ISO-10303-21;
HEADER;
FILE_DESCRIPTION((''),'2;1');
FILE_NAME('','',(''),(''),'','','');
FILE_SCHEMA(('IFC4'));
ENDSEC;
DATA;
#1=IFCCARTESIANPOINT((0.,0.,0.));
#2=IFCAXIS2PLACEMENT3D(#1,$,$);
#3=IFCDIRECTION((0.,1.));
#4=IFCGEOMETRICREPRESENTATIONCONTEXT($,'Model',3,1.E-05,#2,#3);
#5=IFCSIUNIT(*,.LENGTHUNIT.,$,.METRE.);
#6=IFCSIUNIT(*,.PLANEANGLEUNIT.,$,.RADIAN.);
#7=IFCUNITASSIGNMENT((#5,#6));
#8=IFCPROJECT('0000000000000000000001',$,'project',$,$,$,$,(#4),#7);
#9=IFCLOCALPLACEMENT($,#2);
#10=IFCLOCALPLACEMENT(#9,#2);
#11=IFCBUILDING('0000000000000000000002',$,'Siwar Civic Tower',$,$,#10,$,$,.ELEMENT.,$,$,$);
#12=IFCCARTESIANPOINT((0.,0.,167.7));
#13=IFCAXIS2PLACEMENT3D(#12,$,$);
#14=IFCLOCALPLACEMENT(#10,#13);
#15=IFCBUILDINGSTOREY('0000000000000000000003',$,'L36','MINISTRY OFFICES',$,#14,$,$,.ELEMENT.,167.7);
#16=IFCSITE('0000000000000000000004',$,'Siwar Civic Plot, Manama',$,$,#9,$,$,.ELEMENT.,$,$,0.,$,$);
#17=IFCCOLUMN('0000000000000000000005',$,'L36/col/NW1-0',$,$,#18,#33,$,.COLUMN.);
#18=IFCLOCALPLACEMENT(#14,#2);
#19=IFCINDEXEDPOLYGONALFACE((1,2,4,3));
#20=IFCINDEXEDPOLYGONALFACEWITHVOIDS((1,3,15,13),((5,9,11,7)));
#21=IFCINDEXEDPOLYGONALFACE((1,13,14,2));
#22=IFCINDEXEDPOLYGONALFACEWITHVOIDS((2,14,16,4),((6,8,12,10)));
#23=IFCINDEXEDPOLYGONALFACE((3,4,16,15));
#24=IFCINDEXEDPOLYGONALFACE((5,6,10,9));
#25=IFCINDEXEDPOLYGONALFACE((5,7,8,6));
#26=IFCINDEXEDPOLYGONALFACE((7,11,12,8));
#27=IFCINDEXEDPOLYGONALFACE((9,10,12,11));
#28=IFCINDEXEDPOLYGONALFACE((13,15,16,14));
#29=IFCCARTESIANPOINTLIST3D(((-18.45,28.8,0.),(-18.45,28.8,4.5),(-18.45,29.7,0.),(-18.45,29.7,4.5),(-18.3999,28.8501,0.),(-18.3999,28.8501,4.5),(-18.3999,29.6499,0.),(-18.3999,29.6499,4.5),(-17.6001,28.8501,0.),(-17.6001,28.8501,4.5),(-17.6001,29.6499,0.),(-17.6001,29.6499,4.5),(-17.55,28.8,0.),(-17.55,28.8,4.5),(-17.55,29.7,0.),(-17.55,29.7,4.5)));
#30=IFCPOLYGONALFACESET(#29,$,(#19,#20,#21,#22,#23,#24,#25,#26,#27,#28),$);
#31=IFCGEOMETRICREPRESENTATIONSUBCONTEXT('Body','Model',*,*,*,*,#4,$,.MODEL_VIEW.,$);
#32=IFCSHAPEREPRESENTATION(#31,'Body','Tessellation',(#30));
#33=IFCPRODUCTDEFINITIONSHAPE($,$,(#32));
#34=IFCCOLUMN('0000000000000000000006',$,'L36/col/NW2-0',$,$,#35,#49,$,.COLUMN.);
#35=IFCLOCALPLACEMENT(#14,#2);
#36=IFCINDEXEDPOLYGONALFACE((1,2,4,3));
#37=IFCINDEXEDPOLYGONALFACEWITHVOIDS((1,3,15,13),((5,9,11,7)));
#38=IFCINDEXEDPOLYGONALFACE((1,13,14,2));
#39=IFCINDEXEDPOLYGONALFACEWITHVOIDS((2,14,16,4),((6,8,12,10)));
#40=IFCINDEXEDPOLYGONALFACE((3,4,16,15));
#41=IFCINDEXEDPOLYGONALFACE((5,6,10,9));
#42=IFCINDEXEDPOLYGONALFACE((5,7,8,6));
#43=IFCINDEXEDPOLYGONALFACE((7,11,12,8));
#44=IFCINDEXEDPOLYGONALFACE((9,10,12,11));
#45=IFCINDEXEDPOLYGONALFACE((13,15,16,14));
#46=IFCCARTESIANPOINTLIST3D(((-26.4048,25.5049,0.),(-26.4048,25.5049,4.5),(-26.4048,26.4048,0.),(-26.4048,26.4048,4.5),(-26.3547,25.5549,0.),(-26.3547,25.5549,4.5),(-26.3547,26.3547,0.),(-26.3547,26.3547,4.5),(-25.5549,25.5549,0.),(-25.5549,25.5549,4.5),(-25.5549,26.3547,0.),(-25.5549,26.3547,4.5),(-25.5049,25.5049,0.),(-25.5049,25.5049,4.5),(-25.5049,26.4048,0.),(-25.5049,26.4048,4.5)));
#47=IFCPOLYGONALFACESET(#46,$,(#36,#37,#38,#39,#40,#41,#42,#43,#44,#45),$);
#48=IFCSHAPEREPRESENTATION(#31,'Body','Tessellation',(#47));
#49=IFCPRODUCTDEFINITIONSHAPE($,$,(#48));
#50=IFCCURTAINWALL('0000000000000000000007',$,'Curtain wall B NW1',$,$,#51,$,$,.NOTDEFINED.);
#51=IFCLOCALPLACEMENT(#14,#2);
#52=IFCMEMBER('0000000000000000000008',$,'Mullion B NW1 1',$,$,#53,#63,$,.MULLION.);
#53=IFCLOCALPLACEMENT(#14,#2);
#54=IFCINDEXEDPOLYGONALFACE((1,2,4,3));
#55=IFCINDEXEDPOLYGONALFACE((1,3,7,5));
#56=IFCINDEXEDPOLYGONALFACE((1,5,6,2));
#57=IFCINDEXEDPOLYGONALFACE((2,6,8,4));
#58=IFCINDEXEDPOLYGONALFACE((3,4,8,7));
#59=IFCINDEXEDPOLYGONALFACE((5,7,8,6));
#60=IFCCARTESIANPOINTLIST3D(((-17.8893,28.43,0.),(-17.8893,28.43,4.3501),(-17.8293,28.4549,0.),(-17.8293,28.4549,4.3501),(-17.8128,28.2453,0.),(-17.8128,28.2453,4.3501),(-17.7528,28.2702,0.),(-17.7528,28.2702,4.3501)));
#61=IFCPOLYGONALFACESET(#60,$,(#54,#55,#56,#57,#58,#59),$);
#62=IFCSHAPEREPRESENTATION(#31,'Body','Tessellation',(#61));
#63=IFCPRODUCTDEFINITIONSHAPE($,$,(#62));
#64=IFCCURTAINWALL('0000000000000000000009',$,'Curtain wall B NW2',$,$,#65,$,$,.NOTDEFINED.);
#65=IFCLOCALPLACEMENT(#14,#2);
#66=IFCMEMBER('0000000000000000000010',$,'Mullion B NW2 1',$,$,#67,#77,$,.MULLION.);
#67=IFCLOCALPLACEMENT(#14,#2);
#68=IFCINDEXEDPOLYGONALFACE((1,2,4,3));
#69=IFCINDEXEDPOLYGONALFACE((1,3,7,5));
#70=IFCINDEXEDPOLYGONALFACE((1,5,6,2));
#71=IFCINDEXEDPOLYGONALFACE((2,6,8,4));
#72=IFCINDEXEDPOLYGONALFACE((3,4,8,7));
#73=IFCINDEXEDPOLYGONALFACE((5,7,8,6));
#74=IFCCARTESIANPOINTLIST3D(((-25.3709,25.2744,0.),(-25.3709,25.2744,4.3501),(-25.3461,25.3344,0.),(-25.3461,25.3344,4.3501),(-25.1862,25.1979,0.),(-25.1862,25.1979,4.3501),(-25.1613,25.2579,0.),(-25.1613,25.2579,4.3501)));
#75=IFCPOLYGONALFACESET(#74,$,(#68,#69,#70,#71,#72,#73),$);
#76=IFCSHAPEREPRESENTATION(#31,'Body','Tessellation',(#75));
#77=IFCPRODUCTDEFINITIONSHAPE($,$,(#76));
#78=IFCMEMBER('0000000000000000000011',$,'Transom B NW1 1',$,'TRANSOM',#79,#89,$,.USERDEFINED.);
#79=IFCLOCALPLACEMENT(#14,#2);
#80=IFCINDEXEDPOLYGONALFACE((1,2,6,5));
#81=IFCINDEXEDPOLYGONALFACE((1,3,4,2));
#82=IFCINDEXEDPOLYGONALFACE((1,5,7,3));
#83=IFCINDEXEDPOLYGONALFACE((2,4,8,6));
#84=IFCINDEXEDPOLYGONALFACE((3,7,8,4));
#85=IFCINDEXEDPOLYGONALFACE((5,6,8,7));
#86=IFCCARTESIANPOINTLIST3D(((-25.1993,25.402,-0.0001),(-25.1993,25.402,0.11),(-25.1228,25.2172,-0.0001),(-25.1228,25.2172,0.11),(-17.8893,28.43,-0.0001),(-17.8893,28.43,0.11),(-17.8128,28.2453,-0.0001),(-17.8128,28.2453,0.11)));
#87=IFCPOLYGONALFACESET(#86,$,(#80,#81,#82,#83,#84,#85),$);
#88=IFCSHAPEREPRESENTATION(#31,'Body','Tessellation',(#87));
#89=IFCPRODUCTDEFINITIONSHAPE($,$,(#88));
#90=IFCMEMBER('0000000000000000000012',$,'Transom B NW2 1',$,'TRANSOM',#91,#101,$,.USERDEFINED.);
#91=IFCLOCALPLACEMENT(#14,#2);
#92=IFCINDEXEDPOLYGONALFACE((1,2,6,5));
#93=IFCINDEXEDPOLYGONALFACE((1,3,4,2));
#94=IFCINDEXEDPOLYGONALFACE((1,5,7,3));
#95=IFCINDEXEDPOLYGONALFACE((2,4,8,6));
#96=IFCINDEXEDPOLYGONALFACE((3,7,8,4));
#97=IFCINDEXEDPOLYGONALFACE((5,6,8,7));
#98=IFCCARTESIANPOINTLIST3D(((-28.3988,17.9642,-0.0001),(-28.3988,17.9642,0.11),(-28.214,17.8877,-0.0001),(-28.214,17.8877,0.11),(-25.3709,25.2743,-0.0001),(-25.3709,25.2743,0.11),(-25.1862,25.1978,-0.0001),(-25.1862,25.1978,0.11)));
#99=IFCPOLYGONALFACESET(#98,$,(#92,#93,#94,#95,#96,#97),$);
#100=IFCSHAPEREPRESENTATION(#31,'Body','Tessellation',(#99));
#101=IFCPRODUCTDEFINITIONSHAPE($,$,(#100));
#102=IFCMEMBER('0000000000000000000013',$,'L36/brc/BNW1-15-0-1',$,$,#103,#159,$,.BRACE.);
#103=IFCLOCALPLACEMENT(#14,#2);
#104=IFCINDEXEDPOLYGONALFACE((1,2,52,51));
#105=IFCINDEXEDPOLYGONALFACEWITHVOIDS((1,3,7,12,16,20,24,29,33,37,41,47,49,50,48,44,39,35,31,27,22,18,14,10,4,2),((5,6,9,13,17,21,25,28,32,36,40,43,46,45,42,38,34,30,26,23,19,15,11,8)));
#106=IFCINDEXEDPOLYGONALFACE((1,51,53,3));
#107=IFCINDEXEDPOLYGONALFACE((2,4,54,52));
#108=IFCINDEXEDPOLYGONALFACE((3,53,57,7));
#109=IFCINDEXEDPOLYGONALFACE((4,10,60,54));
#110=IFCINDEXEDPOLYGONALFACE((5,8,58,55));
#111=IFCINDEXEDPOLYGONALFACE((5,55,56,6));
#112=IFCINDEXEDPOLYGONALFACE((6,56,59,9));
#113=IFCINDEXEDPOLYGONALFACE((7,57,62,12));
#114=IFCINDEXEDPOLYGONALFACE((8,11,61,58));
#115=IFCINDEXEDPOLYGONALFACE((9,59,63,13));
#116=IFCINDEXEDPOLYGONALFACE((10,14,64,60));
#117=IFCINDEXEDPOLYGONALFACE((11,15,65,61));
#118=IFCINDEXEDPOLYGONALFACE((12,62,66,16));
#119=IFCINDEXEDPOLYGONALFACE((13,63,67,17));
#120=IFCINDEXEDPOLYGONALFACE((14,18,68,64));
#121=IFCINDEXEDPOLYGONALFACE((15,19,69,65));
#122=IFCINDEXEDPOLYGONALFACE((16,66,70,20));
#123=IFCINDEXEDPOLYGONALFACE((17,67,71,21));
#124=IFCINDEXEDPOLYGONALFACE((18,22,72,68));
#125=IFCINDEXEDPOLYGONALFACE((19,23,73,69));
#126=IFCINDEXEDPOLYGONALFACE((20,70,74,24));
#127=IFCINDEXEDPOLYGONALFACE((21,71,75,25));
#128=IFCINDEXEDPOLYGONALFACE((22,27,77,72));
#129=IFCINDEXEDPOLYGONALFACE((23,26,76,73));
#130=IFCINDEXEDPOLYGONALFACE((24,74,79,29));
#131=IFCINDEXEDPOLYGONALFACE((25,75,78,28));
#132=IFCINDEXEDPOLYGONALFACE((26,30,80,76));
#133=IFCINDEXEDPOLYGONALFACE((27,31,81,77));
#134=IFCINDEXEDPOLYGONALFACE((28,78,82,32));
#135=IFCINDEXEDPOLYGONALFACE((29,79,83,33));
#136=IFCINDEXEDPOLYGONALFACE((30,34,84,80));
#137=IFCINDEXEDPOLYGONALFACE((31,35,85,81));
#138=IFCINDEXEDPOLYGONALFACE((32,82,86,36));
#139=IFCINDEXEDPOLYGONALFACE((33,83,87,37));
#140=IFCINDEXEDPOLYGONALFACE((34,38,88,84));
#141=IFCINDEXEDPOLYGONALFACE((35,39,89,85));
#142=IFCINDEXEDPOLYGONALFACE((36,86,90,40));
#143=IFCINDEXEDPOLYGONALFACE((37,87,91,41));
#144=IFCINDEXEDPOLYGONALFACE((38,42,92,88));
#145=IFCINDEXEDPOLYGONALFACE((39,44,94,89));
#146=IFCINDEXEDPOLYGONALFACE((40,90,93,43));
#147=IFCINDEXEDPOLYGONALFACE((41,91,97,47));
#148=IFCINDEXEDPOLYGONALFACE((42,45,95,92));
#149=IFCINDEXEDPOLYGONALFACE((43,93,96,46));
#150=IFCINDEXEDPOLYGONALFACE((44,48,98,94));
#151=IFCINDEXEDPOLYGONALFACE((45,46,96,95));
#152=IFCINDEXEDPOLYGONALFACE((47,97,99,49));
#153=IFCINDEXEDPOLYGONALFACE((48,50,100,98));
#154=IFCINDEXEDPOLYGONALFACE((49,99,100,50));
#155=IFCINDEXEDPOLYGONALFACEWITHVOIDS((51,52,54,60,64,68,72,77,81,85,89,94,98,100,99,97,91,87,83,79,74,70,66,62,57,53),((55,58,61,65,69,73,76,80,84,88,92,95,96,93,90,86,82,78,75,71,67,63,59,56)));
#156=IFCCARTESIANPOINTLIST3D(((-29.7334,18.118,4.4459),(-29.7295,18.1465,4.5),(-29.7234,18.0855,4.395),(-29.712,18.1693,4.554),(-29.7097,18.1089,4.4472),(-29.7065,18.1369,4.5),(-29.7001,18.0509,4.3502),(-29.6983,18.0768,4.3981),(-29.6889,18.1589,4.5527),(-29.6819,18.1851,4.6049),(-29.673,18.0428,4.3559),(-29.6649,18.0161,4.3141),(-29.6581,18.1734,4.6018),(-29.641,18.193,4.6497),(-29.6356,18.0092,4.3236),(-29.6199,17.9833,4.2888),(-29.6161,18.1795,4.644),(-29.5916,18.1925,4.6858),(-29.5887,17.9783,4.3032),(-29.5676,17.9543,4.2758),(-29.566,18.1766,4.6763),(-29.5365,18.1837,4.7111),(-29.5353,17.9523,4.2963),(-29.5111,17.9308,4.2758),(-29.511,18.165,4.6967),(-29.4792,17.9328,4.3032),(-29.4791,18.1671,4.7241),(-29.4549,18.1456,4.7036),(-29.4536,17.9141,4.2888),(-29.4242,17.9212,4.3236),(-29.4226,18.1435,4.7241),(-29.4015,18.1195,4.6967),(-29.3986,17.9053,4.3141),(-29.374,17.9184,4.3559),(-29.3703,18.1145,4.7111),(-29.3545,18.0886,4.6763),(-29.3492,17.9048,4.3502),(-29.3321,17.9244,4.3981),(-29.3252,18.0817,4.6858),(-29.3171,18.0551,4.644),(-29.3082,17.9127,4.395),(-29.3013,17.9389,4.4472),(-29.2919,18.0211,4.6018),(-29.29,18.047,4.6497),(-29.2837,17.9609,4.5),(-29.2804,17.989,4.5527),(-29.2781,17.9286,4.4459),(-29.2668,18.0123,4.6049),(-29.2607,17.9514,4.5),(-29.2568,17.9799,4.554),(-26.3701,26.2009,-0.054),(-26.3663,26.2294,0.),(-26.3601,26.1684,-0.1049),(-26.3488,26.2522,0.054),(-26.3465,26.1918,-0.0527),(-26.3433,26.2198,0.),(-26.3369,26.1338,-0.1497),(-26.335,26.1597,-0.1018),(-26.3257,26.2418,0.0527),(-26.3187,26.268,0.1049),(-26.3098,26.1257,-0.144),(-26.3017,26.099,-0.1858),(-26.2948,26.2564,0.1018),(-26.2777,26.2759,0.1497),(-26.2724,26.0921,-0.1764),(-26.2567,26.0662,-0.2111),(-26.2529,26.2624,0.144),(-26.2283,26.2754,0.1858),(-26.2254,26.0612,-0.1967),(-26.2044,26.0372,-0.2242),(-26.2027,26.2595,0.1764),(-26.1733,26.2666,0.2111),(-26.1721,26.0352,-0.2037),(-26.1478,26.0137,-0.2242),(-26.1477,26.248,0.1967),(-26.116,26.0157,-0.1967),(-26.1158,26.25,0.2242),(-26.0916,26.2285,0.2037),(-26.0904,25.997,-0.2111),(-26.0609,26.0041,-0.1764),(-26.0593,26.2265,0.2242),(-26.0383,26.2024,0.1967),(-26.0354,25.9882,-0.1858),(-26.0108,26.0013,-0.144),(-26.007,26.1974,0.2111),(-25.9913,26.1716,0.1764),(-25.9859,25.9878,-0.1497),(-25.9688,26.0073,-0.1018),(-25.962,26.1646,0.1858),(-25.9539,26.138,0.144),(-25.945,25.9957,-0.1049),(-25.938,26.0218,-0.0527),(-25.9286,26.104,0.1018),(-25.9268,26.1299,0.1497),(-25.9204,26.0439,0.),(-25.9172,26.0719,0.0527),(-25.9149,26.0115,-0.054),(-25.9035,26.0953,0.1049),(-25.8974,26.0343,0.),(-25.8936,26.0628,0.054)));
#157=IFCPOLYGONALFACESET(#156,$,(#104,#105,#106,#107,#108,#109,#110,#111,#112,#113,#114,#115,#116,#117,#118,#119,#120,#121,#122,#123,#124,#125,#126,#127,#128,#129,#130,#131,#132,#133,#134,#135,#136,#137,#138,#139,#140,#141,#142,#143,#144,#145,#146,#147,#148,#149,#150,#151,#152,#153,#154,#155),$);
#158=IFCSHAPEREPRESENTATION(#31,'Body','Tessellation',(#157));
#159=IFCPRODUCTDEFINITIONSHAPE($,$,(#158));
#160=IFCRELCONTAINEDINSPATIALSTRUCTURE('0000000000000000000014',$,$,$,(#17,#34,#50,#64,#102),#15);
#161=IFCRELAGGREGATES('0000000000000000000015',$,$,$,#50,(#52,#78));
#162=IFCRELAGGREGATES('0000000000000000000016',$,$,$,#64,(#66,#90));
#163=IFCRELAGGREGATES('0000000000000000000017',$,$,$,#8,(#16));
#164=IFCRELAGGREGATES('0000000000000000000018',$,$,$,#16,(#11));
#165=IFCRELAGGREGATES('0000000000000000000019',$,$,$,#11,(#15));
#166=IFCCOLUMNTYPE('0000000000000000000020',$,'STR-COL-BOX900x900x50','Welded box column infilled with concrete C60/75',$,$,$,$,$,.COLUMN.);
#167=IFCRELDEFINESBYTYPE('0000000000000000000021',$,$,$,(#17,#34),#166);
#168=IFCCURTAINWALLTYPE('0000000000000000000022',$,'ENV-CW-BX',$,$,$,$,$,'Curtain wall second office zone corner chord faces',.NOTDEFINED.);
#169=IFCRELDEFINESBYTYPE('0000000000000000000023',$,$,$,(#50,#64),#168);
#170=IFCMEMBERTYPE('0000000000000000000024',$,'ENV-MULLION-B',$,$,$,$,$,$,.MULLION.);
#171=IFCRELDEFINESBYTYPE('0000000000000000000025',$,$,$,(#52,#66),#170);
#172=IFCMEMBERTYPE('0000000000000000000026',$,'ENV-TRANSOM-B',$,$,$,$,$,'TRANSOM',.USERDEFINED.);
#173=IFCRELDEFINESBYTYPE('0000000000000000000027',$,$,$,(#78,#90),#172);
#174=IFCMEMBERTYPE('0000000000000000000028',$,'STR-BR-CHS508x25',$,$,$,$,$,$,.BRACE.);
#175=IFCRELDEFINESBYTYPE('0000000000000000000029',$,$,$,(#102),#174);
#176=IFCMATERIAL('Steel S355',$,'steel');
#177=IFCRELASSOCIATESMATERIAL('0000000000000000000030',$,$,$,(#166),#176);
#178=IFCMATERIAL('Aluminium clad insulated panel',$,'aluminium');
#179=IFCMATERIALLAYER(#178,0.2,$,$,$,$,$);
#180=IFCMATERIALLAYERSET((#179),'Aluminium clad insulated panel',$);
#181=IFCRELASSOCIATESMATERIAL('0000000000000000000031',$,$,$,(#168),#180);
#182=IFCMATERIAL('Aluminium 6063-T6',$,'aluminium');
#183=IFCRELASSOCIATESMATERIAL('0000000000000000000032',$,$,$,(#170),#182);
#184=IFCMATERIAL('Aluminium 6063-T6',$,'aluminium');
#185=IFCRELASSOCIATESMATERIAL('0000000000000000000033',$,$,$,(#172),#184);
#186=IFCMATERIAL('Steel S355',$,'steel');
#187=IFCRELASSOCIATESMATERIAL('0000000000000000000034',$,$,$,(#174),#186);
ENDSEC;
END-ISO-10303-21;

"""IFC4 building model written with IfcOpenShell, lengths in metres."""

from ifc_helpers import new_model, si_unit, direction, frame, origin, origin_2d, place, context, subcontext, project, spatial, rectangle, hollow_rectangle, hollow_circle, extrude, material, layer, layer_set, material_profile, profile_set, type_object, element, aggregate, save


model = new_model("IFC4")

# Units and contexts
model_context = context("Model", 3, precision=1e-05, world=origin(), true_north=direction((0.0, 1.0)))
body_context = subcontext(model_context, "Body", "Model", "MODEL_VIEW")
ifc_project = project(units=[si_unit("LENGTHUNIT", "METRE"), si_unit("PLANEANGLEUNIT", "RADIAN")], contexts=[model_context])

# Site, building, storey
site_placement = place(None, origin())
site = spatial("IfcSite", under=ifc_project, at=site_placement, Name="Siwar Civic Plot, Manama", CompositionType="ELEMENT", RefElevation=0.0)
building_placement = place(site_placement, origin())
building = spatial("IfcBuilding", under=site, at=building_placement, Name="Siwar Civic Tower", CompositionType="ELEMENT")
storey_placement = place(building_placement, frame((0.0, 0.0, 167.7)))
storey = spatial("IfcBuildingStorey", under=building, at=storey_placement, Name="L36", Description="MINISTRY OFFICES", CompositionType="ELEMENT", Elevation=167.7)

# Columns
ifc_material_1 = material(Name="Steel S355", Category="steel")
ifc_material_profile_1 = material_profile(ifc_material_1, hollow_rectangle(XDim=0.8999, YDim=0.8999, WallThickness=0.05, at=origin_2d()), Name="BOX900x900x50")
ifc_profile_set_1 = profile_set([ifc_material_profile_1], Name="Steel S355")
column_type = type_object("IfcColumnType", Name="STR-COL-BOX900x900x50", Description="Welded box column infilled with concrete C60/75", PredefinedType="COLUMN", material=ifc_profile_set_1)
for number, where, z_axis, x_axis, name in (
    (1, (-18.0, 29.25, 0.0), (0.0, 0.0, 1.0), (1.0, 0.0, 0.0), "L36/col/NW1-0"),
    (2, (-25.9548, 25.9548, 0.0), (0.0, 0.0, 1.0), (1.0, 0.0, 0.0), "L36/col/NW2-0"),
):
    element("IfcColumn", number, at=place(storey_placement, frame(where, z_axis=z_axis, x_axis=x_axis)), inside=storey, type_object=column_type, Name=name, PredefinedType="COLUMN", context=body_context, shape_type="SweptSolid", body=[
        extrude(hollow_rectangle(XDim=0.8999, YDim=0.8999, WallThickness=0.05, at=origin_2d()), origin(), (0.0, 0.0, 1.0), 4.5),
    ])

# Curtain walls, members
ifc_material_2 = material(Name="Aluminium clad insulated panel", Category="aluminium")
ifc_layer_1 = layer(ifc_material_2, 0.2)
ifc_layer_set_1 = layer_set([ifc_layer_1], Name="Aluminium clad insulated panel")
curtain_wall_type = type_object("IfcCurtainWallType", Name="ENV-CW-BX", ElementType="Curtain wall second office zone corner chord faces", PredefinedType="NOTDEFINED", material=ifc_layer_set_1)
curtain_wall_1_placement = place(storey_placement, origin())
curtain_wall_1 = element("IfcCurtainWall", 3, at=curtain_wall_1_placement, inside=storey, type_object=curtain_wall_type, Name="Curtain wall B NW1", PredefinedType="NOTDEFINED")
ifc_material_3 = material(Name="Aluminium 6063-T6", Category="aluminium")
ifc_material_profile_2 = material_profile(ifc_material_3, rectangle(XDim=0.2, YDim=0.0649, at=origin_2d()), Name="AL 200x65")
ifc_profile_set_2 = profile_set([ifc_material_profile_2], Name="Aluminium 6063-T6")
member_type_1 = type_object("IfcMemberType", Name="ENV-MULLION-B", PredefinedType="MULLION", material=ifc_profile_set_2)
member_1_placement = place(storey_placement, frame((-17.821, 28.3501, 0.0), z_axis=(0.0, 0.0, 1.0), x_axis=(0.382683, -0.92388, 0.0)))
member_1 = element("IfcMember", 4, at=member_1_placement, type_object=member_type_1, Name="Mullion B NW1 1", PredefinedType="MULLION", context=body_context, shape_type="SweptSolid", body=[
    extrude(rectangle(XDim=0.2, YDim=0.0649, at=origin_2d()), origin(), (0.0, 0.0, 1.0), 4.3501),
])
curtain_wall_2_placement = place(storey_placement, origin())
curtain_wall_2 = element("IfcCurtainWall", 5, at=curtain_wall_2_placement, inside=storey, type_object=curtain_wall_type, Name="Curtain wall B NW2", PredefinedType="NOTDEFINED")
member_2_placement = place(storey_placement, frame((-25.2661, 25.2661, 0.0), z_axis=(0.0, 0.0, 1.0), x_axis=(0.92388, -0.382683, 0.0)))
member_2 = element("IfcMember", 6, at=member_2_placement, type_object=member_type_1, Name="Mullion B NW2 1", PredefinedType="MULLION", context=body_context, shape_type="SweptSolid", body=[
    extrude(rectangle(XDim=0.2, YDim=0.0649, at=origin_2d()), origin(), (0.0, 0.0, 1.0), 4.3501),
])

# Members
ifc_material_4 = material(Name="Aluminium 6063-T6", Category="aluminium")
ifc_material_profile_3 = material_profile(ifc_material_4, rectangle(XDim=0.2, YDim=0.1101, at=origin_2d()), Name="AL 200x110")
ifc_profile_set_3 = profile_set([ifc_material_profile_3], Name="Aluminium 6063-T6")
member_type_2 = type_object("IfcMemberType", Name="ENV-TRANSOM-B", ElementType="TRANSOM", PredefinedType="USERDEFINED", material=ifc_profile_set_3)
member_3_placement = place(storey_placement, frame((-17.8511, 28.3376, 0.0549), z_axis=(-0.923873, -0.3827, 0.0), x_axis=(0.3827, -0.923873, 0.0)))
member_3 = element("IfcMember", 7, at=member_3_placement, type_object=member_type_2, Name="Transom B NW1 1", ObjectType="TRANSOM", PredefinedType="USERDEFINED", context=body_context, shape_type="SweptSolid", body=[
    extrude(rectangle(XDim=0.2, YDim=0.1101, at=origin_2d()), origin(), (0.0, 0.0, 1.0), 7.9124),
])
member_4_placement = place(storey_placement, frame((-25.2786, 25.2361, 0.0549), z_axis=(-0.382673, -0.923884, 0.0), x_axis=(0.923884, -0.382673, 0.0)))
member_4 = element("IfcMember", 8, at=member_4_placement, type_object=member_type_2, Name="Transom B NW2 1", ObjectType="TRANSOM", PredefinedType="USERDEFINED", context=body_context, shape_type="SweptSolid", body=[
    extrude(rectangle(XDim=0.2, YDim=0.1101, at=origin_2d()), origin(), (0.0, 0.0, 1.0), 7.9124),
])

# Member
ifc_material_5 = material(Name="Steel S355", Category="steel")
ifc_material_profile_4 = material_profile(ifc_material_5, hollow_circle(Radius=0.2539, WallThickness=0.0249, at=origin_2d()), Name="CHS508x25")
ifc_profile_set_4 = profile_set([ifc_material_profile_4], Name="Steel S355")
member_type_3 = type_object("IfcMemberType", Name="STR-BR-CHS508x25", PredefinedType="BRACE", material=ifc_profile_set_4)
member_5_placement = place(storey_placement, frame((-26.1318, 26.1318, 0.0), z_axis=(-0.341671, -0.821143, 0.457149), x_axis=(0.923265, -0.384164, 0.0)))
element("IfcMember", 9, at=member_5_placement, inside=storey, type_object=member_type_3, Name="L36/brc/BNW1-15-0-1", PredefinedType="BRACE", context=body_context, shape_type="SweptSolid", body=[
    extrude(hollow_circle(Radius=0.2539, WallThickness=0.0249, at=origin_2d()), origin(), (0.0, 0.0, 1.0), 9.8435),
])

aggregate(curtain_wall_1, [member_1, member_3])
aggregate(curtain_wall_2, [member_2, member_4])

save(model, "model.ifc")
